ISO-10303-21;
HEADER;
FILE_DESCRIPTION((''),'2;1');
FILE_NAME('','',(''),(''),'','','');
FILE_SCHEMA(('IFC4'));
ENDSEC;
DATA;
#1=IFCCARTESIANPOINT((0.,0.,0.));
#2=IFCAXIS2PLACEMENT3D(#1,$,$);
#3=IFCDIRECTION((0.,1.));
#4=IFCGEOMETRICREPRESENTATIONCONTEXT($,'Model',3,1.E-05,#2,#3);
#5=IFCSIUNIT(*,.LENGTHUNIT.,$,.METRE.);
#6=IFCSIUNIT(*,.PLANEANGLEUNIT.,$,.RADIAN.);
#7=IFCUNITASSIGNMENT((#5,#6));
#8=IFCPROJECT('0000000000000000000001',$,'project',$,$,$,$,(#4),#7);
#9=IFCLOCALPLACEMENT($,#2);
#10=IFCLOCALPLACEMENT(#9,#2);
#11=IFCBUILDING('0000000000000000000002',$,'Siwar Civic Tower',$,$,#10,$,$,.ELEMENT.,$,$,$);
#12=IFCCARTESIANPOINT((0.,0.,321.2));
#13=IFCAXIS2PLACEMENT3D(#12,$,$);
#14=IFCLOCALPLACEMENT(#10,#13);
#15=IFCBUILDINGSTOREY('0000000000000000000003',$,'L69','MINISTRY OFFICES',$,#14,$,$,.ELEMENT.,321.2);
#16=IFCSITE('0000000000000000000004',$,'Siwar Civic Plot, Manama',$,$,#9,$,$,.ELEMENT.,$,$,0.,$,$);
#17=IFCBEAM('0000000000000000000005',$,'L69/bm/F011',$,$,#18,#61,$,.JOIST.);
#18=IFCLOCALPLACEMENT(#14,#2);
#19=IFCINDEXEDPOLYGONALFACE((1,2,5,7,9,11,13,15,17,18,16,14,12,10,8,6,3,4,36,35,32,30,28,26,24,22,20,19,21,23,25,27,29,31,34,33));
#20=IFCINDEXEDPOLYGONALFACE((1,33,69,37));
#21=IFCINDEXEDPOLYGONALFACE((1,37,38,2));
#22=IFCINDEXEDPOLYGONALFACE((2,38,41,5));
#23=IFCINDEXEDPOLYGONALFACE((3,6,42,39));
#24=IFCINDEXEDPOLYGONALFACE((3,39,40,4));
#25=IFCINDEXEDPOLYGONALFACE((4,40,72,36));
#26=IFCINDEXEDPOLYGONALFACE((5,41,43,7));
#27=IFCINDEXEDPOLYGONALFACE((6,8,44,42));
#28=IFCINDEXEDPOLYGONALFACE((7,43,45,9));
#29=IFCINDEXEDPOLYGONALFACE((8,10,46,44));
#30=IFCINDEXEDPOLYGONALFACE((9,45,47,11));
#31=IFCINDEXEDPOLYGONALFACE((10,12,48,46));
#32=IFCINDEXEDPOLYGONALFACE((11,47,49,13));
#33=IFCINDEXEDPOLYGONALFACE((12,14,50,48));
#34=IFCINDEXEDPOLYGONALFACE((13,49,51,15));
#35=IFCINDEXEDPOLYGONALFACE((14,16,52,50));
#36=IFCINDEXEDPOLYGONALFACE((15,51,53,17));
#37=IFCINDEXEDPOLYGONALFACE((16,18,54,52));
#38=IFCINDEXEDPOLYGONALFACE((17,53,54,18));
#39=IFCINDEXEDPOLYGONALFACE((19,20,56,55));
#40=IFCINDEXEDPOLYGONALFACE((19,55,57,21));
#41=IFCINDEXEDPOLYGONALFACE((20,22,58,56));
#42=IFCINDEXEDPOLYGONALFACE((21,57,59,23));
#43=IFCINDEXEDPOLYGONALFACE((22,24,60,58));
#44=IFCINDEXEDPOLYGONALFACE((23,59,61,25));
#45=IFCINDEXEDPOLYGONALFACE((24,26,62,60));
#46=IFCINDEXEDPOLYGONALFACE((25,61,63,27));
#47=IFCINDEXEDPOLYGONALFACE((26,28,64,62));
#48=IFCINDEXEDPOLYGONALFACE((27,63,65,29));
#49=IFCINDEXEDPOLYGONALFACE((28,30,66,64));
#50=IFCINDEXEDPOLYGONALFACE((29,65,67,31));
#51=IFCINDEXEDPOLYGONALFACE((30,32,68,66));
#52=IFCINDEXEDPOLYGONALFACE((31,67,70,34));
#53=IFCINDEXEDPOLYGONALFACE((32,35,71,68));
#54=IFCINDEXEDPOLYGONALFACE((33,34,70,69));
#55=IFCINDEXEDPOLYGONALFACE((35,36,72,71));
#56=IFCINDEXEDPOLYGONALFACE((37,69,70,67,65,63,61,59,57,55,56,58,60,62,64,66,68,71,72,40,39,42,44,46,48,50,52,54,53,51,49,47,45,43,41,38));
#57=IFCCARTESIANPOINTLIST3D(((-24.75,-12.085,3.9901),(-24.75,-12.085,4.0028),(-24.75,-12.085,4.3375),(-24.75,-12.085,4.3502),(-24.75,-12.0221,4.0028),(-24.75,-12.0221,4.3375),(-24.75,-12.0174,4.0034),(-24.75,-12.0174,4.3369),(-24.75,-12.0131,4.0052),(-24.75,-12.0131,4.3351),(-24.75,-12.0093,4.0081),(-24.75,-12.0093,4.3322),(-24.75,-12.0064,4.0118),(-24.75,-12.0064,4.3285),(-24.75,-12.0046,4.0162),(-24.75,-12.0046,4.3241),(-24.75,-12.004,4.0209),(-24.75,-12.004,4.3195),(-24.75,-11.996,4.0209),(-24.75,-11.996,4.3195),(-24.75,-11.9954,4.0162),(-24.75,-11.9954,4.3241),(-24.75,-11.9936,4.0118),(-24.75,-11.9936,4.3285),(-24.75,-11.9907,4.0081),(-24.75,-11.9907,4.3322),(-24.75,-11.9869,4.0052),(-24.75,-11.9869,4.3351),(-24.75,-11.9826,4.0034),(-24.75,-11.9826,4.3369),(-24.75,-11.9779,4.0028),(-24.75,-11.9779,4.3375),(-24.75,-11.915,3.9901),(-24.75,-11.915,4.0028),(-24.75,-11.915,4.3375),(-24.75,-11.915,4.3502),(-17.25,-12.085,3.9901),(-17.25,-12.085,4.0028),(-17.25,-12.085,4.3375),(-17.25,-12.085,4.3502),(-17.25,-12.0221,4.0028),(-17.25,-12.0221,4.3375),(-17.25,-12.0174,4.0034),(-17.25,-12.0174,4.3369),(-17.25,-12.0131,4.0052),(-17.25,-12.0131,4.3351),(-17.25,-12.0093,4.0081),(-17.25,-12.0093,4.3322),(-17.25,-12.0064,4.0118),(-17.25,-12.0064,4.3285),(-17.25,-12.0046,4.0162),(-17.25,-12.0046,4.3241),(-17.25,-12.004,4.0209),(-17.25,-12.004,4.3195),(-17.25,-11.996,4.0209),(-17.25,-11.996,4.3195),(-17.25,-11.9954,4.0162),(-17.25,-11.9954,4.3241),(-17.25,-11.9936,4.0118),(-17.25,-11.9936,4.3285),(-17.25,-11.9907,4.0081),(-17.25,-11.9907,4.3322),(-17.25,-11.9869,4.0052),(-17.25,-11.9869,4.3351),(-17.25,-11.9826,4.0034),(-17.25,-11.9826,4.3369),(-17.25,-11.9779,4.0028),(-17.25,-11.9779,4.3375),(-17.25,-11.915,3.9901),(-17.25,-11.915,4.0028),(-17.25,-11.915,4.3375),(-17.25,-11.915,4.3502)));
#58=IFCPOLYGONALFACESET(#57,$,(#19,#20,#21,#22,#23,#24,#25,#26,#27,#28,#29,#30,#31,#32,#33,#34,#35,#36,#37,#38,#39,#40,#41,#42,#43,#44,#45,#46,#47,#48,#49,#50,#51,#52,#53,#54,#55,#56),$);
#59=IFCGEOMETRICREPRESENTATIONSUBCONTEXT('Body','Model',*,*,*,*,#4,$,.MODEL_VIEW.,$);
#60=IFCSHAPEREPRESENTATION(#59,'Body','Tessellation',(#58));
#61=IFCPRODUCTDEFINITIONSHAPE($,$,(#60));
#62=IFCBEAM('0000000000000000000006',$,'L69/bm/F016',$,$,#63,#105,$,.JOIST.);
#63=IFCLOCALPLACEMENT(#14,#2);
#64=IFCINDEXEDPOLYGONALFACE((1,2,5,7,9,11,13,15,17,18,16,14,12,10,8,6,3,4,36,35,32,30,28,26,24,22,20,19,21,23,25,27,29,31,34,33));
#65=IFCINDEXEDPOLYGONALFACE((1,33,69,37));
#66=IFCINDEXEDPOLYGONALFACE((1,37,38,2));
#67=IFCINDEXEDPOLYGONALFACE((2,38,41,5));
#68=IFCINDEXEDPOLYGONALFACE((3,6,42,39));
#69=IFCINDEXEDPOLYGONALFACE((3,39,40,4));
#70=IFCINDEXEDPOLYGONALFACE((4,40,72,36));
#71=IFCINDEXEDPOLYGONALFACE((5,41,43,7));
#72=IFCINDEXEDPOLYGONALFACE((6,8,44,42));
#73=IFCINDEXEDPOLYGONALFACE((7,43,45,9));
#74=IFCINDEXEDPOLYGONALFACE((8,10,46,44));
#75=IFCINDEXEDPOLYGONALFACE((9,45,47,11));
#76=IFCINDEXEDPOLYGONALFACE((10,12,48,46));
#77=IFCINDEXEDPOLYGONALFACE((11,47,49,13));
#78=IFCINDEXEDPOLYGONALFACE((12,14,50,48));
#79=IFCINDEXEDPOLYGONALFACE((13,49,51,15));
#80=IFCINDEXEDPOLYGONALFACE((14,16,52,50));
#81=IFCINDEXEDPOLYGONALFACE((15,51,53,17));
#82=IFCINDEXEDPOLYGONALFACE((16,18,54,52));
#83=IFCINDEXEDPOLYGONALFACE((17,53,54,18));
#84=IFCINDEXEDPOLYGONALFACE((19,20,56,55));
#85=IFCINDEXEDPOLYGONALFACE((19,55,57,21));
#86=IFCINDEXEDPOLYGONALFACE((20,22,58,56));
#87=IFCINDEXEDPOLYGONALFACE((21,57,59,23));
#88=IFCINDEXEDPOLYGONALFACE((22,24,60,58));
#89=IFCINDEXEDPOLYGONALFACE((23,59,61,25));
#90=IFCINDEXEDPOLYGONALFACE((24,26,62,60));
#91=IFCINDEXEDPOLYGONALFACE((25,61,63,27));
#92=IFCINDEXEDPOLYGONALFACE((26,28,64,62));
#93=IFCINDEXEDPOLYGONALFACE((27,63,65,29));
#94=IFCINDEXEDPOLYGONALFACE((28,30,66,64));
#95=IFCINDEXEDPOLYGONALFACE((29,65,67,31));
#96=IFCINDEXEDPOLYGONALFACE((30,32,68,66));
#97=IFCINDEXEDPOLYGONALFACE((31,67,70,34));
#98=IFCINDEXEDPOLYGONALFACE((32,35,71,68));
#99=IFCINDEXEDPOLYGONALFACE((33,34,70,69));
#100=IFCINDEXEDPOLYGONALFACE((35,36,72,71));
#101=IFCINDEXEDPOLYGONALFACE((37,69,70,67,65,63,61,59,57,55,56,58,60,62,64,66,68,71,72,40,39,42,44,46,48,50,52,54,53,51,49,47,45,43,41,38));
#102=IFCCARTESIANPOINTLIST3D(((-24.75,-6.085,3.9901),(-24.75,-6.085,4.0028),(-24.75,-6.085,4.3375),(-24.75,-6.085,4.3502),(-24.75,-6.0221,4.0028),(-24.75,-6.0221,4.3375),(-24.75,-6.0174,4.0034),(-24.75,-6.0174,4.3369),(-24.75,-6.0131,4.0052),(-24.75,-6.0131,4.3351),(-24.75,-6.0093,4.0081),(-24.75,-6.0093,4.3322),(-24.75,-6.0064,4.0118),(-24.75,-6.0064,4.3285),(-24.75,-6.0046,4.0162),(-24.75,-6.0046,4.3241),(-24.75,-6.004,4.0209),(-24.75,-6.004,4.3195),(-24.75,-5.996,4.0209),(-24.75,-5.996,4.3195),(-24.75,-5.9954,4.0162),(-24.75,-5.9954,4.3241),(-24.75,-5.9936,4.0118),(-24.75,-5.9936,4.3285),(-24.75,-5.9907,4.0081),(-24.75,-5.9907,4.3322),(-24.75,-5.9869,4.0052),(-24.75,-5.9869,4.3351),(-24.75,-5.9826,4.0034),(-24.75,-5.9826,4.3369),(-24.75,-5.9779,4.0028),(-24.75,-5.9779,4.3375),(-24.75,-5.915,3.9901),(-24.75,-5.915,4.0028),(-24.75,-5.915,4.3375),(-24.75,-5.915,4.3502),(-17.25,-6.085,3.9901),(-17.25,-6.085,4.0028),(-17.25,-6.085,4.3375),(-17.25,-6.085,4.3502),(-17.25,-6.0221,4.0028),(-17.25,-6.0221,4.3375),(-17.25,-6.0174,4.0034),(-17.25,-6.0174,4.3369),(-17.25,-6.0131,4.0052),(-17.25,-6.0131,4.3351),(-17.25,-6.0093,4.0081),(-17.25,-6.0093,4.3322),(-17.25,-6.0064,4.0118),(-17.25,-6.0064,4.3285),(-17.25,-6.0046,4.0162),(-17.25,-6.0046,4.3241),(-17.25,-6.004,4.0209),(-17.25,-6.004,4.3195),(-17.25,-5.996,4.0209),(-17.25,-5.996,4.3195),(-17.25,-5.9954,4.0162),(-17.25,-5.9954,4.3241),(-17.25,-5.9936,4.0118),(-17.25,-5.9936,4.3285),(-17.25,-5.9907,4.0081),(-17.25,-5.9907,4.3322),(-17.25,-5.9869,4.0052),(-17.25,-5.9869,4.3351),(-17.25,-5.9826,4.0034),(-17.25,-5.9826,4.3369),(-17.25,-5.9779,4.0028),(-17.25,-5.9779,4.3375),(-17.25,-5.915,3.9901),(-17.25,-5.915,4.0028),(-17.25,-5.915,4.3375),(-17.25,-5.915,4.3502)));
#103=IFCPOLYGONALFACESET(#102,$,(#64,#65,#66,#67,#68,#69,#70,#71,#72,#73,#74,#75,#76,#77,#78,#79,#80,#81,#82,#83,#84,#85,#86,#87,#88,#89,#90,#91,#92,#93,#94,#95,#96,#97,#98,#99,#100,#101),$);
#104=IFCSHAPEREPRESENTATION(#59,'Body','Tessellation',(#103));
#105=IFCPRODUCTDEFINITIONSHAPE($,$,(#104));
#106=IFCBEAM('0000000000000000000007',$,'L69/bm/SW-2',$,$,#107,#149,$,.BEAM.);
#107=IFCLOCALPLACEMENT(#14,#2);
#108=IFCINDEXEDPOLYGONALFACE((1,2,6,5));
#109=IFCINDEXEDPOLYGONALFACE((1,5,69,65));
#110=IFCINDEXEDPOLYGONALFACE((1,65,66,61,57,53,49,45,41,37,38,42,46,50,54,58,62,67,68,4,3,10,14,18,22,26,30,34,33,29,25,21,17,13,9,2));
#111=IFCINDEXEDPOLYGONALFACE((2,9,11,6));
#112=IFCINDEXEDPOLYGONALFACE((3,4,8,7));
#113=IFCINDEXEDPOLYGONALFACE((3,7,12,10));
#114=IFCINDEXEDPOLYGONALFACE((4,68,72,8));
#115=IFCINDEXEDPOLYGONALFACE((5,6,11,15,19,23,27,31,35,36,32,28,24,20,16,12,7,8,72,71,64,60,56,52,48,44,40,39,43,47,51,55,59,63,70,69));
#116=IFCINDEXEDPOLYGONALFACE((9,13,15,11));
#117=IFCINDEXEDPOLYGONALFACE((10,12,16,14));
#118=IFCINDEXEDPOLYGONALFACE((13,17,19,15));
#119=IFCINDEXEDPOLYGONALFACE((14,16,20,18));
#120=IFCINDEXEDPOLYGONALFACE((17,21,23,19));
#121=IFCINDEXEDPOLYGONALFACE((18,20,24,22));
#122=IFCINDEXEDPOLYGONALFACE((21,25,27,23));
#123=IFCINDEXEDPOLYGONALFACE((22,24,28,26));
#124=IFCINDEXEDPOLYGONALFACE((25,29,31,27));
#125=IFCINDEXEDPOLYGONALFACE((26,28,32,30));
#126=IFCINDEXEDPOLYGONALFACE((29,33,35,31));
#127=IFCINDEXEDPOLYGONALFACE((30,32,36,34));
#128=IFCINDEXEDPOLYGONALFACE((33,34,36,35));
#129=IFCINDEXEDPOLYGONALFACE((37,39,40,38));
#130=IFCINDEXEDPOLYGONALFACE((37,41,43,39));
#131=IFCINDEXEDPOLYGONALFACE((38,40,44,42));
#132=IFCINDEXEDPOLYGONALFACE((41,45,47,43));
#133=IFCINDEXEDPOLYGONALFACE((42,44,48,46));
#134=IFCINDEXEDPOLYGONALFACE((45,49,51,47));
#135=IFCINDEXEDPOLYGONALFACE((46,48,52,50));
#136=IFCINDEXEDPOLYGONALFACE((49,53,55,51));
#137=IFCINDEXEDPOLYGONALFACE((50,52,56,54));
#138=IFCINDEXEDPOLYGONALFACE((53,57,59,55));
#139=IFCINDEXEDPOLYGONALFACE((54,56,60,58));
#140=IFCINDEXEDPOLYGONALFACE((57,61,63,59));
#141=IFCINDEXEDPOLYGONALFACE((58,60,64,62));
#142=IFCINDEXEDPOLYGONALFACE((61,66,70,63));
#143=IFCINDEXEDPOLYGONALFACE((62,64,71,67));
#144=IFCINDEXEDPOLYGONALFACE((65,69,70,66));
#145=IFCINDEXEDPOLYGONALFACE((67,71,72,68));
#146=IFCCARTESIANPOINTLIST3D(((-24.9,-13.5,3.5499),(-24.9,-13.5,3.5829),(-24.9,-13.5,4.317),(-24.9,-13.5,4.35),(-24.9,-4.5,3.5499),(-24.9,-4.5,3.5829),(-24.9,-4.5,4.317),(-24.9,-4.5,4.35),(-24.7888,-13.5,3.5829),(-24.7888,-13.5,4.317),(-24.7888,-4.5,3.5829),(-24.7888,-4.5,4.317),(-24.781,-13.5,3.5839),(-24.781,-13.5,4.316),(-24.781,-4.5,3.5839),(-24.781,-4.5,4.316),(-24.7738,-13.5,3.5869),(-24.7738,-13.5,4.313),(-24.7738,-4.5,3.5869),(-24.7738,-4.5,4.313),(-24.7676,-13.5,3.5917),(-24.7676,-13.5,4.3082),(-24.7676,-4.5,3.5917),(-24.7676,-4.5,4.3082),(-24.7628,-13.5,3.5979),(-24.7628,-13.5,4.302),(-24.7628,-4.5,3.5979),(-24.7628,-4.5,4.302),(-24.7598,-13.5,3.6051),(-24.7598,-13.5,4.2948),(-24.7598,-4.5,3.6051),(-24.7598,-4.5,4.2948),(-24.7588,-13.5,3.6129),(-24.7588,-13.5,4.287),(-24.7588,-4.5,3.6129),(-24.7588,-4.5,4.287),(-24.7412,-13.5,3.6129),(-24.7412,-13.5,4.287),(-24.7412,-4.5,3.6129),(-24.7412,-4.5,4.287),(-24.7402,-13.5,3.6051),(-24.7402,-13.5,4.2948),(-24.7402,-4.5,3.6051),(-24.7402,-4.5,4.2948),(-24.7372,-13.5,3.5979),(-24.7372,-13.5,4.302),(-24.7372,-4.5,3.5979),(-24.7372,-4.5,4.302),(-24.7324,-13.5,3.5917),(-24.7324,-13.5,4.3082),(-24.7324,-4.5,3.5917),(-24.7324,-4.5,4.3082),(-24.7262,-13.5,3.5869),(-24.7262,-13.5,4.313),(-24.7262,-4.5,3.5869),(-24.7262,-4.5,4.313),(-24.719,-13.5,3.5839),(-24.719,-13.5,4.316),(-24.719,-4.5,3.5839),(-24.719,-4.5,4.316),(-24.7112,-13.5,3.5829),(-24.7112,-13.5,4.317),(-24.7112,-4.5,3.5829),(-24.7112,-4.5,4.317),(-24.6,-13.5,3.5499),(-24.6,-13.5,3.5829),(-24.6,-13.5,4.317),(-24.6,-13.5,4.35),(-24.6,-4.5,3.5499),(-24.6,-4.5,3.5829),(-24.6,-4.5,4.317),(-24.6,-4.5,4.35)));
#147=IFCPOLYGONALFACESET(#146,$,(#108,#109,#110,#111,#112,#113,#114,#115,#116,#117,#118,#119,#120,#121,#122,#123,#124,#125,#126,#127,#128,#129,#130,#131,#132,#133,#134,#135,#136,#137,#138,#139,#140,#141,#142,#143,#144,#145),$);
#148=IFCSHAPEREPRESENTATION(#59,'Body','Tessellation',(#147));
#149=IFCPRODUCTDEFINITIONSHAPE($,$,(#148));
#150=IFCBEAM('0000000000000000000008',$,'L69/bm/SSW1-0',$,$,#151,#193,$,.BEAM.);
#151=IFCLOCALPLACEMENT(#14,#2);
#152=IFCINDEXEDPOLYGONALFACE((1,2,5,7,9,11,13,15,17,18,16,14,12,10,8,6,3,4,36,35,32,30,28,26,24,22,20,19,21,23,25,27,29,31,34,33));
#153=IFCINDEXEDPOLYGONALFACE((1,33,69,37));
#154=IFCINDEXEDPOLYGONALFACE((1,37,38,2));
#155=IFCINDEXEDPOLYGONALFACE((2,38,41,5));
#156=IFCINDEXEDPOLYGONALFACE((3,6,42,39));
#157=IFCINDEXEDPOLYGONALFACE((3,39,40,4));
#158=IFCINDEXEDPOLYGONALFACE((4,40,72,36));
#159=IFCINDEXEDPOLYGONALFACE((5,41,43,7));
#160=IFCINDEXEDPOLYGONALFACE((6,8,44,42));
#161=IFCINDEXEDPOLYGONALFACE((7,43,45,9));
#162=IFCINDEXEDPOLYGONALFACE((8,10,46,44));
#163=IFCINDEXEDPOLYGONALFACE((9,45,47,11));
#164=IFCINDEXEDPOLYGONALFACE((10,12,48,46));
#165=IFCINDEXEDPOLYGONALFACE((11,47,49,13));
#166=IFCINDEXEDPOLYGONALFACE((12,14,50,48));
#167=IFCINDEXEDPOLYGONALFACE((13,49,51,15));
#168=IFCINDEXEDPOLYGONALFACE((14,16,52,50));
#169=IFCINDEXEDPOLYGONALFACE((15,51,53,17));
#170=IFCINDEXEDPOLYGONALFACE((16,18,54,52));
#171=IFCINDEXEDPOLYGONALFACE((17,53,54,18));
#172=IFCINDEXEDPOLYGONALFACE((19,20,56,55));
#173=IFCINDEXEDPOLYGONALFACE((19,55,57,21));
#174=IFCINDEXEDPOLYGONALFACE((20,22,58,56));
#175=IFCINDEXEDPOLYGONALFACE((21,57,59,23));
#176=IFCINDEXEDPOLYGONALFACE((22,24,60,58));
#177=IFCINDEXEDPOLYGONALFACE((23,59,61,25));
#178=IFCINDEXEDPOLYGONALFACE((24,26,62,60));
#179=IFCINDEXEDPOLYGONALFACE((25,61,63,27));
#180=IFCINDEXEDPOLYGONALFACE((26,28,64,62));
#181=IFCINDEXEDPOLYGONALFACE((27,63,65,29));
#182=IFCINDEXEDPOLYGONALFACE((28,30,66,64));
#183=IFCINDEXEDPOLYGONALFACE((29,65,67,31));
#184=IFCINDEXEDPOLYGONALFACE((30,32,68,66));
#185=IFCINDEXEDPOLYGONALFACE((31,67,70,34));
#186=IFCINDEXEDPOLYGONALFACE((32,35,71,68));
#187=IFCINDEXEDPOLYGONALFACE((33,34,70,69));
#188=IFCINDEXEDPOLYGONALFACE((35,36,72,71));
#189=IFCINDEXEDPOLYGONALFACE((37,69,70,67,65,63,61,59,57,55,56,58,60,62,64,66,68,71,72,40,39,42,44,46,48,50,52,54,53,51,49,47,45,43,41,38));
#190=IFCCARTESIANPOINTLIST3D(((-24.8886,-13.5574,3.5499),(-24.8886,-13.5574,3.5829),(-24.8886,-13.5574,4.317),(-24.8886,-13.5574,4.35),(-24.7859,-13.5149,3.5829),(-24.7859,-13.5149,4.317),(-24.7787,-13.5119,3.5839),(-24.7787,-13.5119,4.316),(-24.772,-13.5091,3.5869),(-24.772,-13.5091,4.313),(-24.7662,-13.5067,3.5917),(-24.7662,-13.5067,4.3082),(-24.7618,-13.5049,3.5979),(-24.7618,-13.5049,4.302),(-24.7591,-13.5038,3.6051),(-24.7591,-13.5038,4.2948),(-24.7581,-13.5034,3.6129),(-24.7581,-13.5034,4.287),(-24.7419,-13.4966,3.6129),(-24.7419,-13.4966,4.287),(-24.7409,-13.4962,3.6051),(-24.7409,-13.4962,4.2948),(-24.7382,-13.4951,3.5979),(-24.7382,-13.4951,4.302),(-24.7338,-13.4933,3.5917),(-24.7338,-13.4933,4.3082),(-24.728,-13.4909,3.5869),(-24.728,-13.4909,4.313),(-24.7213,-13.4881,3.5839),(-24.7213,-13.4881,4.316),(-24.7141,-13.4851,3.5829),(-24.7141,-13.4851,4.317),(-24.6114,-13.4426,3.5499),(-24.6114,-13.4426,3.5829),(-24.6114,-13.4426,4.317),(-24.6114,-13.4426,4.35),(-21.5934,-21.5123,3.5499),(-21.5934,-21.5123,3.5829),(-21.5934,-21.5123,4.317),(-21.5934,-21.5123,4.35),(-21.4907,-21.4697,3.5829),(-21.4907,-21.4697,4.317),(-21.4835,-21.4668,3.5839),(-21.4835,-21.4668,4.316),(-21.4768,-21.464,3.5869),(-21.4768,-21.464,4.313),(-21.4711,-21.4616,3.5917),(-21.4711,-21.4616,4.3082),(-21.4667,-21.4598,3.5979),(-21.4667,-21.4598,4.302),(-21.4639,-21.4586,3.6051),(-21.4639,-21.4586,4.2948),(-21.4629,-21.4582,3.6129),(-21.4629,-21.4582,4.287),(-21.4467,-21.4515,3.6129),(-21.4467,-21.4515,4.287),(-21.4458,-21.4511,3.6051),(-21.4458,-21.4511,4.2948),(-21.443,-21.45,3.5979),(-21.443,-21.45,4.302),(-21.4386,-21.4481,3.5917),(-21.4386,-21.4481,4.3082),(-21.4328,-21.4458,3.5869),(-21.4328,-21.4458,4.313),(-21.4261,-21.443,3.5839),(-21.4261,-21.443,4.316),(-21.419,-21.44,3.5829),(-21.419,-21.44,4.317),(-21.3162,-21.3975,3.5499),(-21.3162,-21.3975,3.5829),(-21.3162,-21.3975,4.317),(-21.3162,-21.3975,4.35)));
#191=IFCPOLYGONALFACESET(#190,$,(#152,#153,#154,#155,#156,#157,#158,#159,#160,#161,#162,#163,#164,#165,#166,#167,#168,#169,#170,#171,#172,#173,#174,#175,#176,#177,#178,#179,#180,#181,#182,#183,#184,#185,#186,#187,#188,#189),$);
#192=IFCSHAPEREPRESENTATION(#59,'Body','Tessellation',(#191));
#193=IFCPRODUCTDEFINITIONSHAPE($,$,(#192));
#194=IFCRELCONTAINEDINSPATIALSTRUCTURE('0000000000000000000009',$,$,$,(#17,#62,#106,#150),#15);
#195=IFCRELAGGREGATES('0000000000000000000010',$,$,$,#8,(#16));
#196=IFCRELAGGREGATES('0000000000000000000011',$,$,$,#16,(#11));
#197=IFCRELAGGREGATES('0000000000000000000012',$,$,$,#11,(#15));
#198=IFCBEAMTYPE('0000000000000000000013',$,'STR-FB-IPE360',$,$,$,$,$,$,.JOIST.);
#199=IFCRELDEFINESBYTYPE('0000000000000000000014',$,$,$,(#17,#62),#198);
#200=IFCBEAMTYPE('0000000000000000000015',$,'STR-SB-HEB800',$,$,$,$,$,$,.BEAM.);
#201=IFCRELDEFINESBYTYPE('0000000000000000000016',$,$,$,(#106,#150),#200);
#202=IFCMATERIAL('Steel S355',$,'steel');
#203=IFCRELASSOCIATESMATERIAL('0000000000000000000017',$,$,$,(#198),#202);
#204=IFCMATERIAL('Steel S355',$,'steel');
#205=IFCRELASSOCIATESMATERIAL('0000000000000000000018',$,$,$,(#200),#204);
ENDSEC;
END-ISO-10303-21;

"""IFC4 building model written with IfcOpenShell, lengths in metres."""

from ifc_helpers import new_model, si_unit, direction, frame, origin, origin_2d, place, context, subcontext, project, spatial, i_section, extrude, material, material_profile, profile_set, type_object, element, save


model = new_model("IFC4")

# Units and contexts
model_context = context("Model", 3, precision=1e-05, world=origin(), true_north=direction((0.0, 1.0)))
body_context = subcontext(model_context, "Body", "Model", "MODEL_VIEW")
ifc_project = project(units=[si_unit("LENGTHUNIT", "METRE"), si_unit("PLANEANGLEUNIT", "RADIAN")], contexts=[model_context])

# Site, building, storey
site_placement = place(None, origin())
site = spatial("IfcSite", under=ifc_project, at=site_placement, Name="Siwar Civic Plot, Manama", CompositionType="ELEMENT", RefElevation=0.0)
building_placement = place(site_placement, origin())
building = spatial("IfcBuilding", under=site, at=building_placement, Name="Siwar Civic Tower", CompositionType="ELEMENT")
storey_placement = place(building_placement, frame((0.0, 0.0, 321.2)))
storey = spatial("IfcBuildingStorey", under=building, at=storey_placement, Name="L69", Description="MINISTRY OFFICES", CompositionType="ELEMENT", Elevation=321.2)

# Beams
ifc_material_1 = material(Name="Steel S355", Category="steel")
ifc_material_profile_1 = material_profile(ifc_material_1, i_section(OverallWidth=0.1699, OverallDepth=0.3601, WebThickness=0.0081, FlangeThickness=0.0127, FilletRadius=0.0181, at=origin_2d()), Name="IPE360")
ifc_profile_set_1 = profile_set([ifc_material_profile_1], Name="Steel S355")
beam_type_1 = type_object("IfcBeamType", Name="STR-FB-IPE360", PredefinedType="JOIST", material=ifc_profile_set_1)
for number, where, z_axis, x_axis, name in (
    (1, (-24.75, -12.0, 4.1702), (1.0, 0.0, 0.0), (0.0, 1.0, 0.0), "L69/bm/F011"),
    (2, (-24.75, -6.0, 4.1702), (1.0, 0.0, 0.0), (0.0, 1.0, 0.0), "L69/bm/F016"),
):
    element("IfcBeam", number, at=place(storey_placement, frame(where, z_axis=z_axis, x_axis=x_axis)), inside=storey, type_object=beam_type_1, Name=name, PredefinedType="JOIST", context=body_context, shape_type="SweptSolid", body=[
        extrude(i_section(OverallWidth=0.1699, OverallDepth=0.3601, WebThickness=0.0081, FlangeThickness=0.0127, FilletRadius=0.0181, at=origin_2d()), origin(), (0.0, 0.0, 1.0), 7.5),
    ])
ifc_material_2 = material(Name="Steel S355", Category="steel")
ifc_material_profile_2 = material_profile(ifc_material_2, i_section(OverallWidth=0.3, OverallDepth=0.8, WebThickness=0.0176, FlangeThickness=0.033, FilletRadius=0.03, at=origin_2d()), Name="HEB800")
ifc_profile_set_2 = profile_set([ifc_material_profile_2], Name="Steel S355")
beam_type_2 = type_object("IfcBeamType", Name="STR-SB-HEB800", PredefinedType="BEAM", material=ifc_profile_set_2)
beam_1_placement = place(storey_placement, frame((-24.75, -4.5, 3.95), z_axis=(0.0, -1.0, 0.0), x_axis=(1.0, 0.0, 0.0)))
element("IfcBeam", 3, at=beam_1_placement, inside=storey, type_object=beam_type_2, Name="L69/bm/SW-2", PredefinedType="BEAM", context=body_context, shape_type="SweptSolid", body=[
    extrude(i_section(OverallWidth=0.3, OverallDepth=0.8, WebThickness=0.0176, FlangeThickness=0.033, FilletRadius=0.03, at=origin_2d()), origin(), (0.0, 0.0, 1.0), 9.0),
])
beam_2_placement = place(storey_placement, frame((-24.75, -13.5, 3.95), z_axis=(0.3827, -0.923873, 0.0), x_axis=(0.923873, 0.3827, 0.0)))
element("IfcBeam", 4, at=beam_2_placement, inside=storey, type_object=beam_type_2, Name="L69/bm/SSW1-0", PredefinedType="BEAM", context=body_context, shape_type="SweptSolid", body=[
    extrude(i_section(OverallWidth=0.3, OverallDepth=0.8, WebThickness=0.0176, FlangeThickness=0.033, FilletRadius=0.03, at=origin_2d()), origin(), (0.0, 0.0, 1.0), 8.6104),
])

save(model, "model.ifc")
